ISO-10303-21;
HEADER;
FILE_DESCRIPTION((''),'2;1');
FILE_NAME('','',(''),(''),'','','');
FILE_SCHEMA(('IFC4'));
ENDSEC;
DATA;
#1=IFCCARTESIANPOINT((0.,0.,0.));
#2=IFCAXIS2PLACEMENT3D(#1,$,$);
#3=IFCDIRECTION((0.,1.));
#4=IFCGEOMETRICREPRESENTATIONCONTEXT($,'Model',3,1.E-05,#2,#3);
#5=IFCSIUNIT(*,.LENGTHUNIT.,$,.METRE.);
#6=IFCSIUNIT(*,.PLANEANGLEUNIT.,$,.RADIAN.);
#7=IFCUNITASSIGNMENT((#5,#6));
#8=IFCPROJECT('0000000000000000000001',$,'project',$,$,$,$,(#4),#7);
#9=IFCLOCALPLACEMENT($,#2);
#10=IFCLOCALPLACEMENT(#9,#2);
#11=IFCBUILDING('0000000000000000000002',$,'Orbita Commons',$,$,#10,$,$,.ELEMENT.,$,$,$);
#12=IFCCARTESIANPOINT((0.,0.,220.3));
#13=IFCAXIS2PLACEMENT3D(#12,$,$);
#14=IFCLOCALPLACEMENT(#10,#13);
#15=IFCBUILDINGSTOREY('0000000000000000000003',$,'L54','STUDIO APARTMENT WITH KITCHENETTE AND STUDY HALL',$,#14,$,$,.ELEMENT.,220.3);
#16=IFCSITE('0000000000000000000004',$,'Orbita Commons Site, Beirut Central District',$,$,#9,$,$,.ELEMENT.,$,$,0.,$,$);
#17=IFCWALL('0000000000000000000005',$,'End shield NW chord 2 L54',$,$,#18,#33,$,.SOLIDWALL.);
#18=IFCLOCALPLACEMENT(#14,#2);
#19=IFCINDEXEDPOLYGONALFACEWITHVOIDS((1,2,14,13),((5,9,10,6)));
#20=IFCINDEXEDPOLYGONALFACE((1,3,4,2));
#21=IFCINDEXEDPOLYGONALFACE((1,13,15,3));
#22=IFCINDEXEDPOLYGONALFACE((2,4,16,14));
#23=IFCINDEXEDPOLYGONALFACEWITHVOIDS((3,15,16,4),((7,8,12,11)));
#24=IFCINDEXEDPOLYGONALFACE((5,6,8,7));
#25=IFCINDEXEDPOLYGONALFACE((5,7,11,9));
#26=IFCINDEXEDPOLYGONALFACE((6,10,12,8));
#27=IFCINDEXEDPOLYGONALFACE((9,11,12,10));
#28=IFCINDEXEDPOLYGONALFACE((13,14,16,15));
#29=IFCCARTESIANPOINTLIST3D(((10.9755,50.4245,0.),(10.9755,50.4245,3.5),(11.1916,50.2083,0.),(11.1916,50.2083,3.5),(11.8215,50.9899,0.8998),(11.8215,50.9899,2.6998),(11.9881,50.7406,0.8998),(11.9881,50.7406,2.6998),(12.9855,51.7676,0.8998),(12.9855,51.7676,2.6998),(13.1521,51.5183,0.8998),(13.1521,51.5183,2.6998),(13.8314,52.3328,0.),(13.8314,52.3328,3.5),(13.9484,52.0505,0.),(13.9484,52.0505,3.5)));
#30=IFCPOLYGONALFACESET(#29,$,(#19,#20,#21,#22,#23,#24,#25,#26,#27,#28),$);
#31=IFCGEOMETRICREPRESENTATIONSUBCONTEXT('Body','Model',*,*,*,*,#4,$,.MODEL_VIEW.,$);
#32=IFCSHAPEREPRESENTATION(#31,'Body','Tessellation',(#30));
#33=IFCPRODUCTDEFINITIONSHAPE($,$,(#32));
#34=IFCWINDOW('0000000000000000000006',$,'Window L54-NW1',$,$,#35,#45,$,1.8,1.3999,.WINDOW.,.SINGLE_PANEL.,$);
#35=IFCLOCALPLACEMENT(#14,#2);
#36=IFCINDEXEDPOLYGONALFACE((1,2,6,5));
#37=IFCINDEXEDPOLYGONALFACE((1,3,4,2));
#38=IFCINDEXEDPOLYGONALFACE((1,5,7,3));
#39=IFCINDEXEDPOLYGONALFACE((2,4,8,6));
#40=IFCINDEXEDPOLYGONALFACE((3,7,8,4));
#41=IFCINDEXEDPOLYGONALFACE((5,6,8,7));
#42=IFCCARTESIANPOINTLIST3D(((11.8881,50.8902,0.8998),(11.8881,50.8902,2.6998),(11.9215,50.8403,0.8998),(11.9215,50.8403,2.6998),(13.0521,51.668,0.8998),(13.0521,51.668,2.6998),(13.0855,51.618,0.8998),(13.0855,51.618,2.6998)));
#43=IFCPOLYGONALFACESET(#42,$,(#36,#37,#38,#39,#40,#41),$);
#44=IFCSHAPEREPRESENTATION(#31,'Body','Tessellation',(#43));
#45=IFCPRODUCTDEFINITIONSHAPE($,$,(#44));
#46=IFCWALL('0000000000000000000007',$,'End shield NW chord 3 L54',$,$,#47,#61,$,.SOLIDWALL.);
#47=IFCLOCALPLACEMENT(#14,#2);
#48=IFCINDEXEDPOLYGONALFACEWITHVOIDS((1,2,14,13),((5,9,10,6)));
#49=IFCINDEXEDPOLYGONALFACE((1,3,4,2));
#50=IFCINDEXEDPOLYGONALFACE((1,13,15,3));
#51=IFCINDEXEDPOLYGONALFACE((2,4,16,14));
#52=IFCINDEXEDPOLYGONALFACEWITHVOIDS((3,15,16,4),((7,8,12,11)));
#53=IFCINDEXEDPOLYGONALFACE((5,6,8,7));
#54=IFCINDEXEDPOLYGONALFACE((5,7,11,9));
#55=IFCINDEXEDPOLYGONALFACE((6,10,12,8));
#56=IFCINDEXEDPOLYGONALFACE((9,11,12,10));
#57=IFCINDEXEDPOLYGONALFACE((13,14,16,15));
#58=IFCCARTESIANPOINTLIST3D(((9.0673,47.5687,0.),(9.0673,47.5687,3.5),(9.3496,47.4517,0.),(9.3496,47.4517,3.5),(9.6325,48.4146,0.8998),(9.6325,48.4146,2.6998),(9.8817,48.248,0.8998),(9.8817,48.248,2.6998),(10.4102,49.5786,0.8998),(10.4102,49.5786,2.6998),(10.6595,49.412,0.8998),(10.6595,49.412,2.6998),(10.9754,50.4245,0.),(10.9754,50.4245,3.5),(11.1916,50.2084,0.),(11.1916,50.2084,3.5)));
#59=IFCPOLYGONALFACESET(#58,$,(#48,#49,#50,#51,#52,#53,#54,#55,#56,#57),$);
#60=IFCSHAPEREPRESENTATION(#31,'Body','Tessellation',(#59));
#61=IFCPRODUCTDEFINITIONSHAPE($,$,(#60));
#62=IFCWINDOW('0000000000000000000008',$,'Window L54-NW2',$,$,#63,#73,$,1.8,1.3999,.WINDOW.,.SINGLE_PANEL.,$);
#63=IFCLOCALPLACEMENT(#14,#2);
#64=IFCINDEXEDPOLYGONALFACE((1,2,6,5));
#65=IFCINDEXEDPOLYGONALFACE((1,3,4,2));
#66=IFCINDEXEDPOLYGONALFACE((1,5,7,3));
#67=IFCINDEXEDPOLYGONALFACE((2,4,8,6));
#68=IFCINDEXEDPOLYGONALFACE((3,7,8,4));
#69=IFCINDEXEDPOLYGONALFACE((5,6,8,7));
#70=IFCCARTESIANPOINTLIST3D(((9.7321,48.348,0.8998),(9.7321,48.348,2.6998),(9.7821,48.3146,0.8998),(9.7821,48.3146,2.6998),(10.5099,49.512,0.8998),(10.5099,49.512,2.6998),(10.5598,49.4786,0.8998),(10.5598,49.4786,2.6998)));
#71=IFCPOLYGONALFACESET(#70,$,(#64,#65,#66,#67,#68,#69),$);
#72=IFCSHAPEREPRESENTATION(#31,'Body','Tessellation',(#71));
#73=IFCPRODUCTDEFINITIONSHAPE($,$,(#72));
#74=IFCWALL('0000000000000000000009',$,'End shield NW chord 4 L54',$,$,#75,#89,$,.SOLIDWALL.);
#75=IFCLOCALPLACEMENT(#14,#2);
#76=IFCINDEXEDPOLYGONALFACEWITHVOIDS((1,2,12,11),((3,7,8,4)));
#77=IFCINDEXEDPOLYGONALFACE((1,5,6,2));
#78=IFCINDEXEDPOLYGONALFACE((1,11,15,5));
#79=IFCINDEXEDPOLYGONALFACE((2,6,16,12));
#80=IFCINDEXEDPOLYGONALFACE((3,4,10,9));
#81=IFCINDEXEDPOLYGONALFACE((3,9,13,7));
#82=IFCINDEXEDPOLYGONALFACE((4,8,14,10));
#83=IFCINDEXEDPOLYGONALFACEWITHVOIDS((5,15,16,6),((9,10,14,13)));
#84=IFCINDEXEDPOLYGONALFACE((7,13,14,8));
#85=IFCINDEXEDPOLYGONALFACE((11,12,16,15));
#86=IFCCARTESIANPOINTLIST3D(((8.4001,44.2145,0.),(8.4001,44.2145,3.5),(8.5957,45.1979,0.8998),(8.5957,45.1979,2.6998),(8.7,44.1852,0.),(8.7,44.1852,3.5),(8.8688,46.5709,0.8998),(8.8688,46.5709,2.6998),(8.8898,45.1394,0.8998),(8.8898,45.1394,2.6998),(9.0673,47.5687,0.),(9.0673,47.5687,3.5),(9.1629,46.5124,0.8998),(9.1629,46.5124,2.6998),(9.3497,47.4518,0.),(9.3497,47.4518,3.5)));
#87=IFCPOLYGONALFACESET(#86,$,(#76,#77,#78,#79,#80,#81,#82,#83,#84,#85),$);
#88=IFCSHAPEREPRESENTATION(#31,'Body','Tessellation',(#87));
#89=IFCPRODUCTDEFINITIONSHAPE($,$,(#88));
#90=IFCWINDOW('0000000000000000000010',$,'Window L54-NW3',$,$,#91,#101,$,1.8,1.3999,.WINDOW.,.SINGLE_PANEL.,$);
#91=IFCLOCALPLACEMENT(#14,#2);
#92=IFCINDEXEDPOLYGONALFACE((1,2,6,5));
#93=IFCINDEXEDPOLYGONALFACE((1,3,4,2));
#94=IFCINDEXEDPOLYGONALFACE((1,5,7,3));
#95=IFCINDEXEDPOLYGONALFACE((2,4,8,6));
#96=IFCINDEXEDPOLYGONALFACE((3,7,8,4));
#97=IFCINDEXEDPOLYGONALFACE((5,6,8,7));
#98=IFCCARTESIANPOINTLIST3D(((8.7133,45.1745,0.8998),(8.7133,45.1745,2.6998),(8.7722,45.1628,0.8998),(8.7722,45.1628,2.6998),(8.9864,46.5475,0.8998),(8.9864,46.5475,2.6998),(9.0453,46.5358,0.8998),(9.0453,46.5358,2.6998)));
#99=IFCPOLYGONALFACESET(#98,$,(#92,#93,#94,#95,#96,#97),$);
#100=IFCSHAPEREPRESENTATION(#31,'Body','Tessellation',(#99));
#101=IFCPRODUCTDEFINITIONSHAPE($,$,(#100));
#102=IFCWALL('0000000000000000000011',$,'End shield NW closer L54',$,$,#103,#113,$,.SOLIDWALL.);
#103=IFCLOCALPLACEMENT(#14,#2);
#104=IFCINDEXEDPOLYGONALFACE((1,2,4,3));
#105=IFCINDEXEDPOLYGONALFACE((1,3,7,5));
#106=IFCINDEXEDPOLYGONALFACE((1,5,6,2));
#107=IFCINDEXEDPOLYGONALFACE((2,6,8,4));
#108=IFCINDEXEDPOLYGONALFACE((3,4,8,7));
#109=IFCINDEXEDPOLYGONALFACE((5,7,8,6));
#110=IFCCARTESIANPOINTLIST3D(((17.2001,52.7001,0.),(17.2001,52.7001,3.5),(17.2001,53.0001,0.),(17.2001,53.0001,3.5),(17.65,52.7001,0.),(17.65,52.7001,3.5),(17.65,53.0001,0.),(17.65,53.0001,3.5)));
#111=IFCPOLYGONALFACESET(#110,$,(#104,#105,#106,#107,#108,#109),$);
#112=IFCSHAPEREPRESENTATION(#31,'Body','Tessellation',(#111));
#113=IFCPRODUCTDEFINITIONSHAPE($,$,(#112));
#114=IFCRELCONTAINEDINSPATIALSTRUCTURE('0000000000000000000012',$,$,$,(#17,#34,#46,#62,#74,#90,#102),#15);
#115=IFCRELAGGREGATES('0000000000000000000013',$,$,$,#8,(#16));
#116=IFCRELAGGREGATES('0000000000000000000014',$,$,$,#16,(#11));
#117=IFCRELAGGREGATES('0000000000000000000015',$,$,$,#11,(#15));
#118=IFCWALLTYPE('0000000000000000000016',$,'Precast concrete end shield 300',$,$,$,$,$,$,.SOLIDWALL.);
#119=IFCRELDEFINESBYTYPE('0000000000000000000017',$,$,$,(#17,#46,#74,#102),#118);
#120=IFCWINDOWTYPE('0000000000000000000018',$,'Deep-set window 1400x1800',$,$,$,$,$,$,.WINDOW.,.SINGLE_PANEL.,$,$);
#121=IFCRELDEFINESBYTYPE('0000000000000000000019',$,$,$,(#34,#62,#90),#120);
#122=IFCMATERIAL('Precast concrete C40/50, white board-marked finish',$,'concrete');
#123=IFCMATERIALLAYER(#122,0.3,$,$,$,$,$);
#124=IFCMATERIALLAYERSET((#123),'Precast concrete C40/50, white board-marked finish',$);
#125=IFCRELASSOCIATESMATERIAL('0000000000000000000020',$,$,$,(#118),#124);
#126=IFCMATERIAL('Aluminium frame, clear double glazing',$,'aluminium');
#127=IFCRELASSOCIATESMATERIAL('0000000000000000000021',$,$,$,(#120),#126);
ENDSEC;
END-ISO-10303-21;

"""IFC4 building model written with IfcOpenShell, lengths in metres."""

from ifc_helpers import new_model, si_unit, direction, frame, frame_2d, origin, place, context, subcontext, project, spatial, polyline, rectangle, outline, extrude, material, layer, layer_set, type_object, element, fill, save


model = new_model("IFC4")

# Units and contexts
model_context = context("Model", 3, precision=1e-05, world=origin(), true_north=direction((0.0, 1.0)))
body_context = subcontext(model_context, "Body", "Model", "MODEL_VIEW")
ifc_project = project(units=[si_unit("LENGTHUNIT", "METRE"), si_unit("PLANEANGLEUNIT", "RADIAN")], contexts=[model_context])

# Site, building, storey
site_placement = place(None, origin())
site = spatial("IfcSite", under=ifc_project, at=site_placement, Name="Orbita Commons Site, Beirut Central District", CompositionType="ELEMENT", RefElevation=0.0)
building_placement = place(site_placement, origin())
building = spatial("IfcBuilding", under=site, at=building_placement, Name="Orbita Commons", CompositionType="ELEMENT")
storey_placement = place(building_placement, frame((0.0, 0.0, 220.3)))
storey = spatial("IfcBuildingStorey", under=building, at=storey_placement, Name="L54", Description="STUDIO APARTMENT WITH KITCHENETTE AND STUDY HALL", CompositionType="ELEMENT", Elevation=220.3)

# Walls, openings, windows
ifc_material_1 = material(Name="Precast concrete C40/50, white board-marked finish", Category="concrete")
ifc_layer_1 = layer(ifc_material_1, 0.3)
ifc_layer_set_1 = layer_set([ifc_layer_1], Name="Precast concrete C40/50, white board-marked finish")
wall_type_1 = type_object("IfcWallType", Name="Precast concrete end shield 300", PredefinedType="SOLIDWALL", material=ifc_layer_set_1)
ifc_material_2 = material(Name="Aluminium frame, clear double glazing", Category="aluminium")
window_type = type_object("IfcWindowType", Name="Deep-set window 1400x1800", PartitioningType="SINGLE_PANEL", PredefinedType="WINDOW", material=ifc_material_2)
wall_1_placement = place(storey_placement, frame((13.8899, 52.1917, 0.0), z_axis=(0.0, 0.0, 1.0), x_axis=(-0.83146, -0.555585, 0.0)))
wall_1 = element("IfcWall", 1, at=wall_1_placement, inside=storey, type_object=wall_type_1, Name="End shield NW chord 2 L54", PredefinedType="SOLIDWALL", context=body_context, shape_type="SweptSolid", body=[
    extrude(outline(polyline([(-0.0298, -0.1499), (3.405, -0.1499), (3.3455, 0.1499), (0.0298, 0.1499), (-0.0298, -0.1499)])), origin(), (0.0, 0.0, 1.0), 3.5),
])
opening_1_placement = place(wall_1_placement, frame((0.9875, 0.0, 0.8999)))
opening_1 = element("IfcOpeningElement", 2, at=opening_1_placement, cuts=wall_1, PredefinedType="OPENING", context=body_context, shape_type="SweptSolid", body=[
    extrude(rectangle(XDim=1.3999, YDim=1.8, at=frame_2d((0.7, 0.8999))), frame((0.0, 0.1599, 0.0), z_axis=(0.0, -1.0, 0.0), x_axis=(1.0, 0.0, 0.0)), (0.0, 0.0, 1.0), 0.3201),
])
window_1_placement = place(opening_1_placement, origin())
window_1 = element("IfcWindow", 3, at=window_1_placement, inside=storey, type_object=window_type, Name="Window L54-NW1", OverallHeight=1.8, OverallWidth=1.3999, PartitioningType="SINGLE_PANEL", PredefinedType="WINDOW", context=body_context, shape_type="SweptSolid", body=[
    extrude(rectangle(XDim=1.3999, YDim=1.8, at=frame_2d((0.7, 0.8999))), frame((0.0, 0.03, 0.0), z_axis=(0.0, -1.0, 0.0), x_axis=(1.0, 0.0, 0.0)), (0.0, 0.0, 1.0), 0.0601),
])
fill(opening_1, window_1)
wall_2_placement = place(storey_placement, frame((11.0835, 50.3164, 0.0), z_axis=(0.0, 0.0, 1.0), x_axis=(-0.555568, -0.831471, 0.0)))
wall_2 = element("IfcWall", 4, at=wall_2_placement, inside=storey, type_object=wall_type_1, Name="End shield NW chord 3 L54", PredefinedType="SOLIDWALL", context=body_context, shape_type="SweptSolid", body=[
    extrude(outline(polyline([(-0.0298, -0.1499), (3.4048, -0.1499), (3.3452, 0.1499), (0.0298, 0.1499), (-0.0298, -0.1499)])), origin(), (0.0, 0.0, 1.0), 3.5),
])
opening_2_placement = place(wall_2_placement, frame((0.9875, 0.0, 0.8999)))
opening_2 = element("IfcOpeningElement", 5, at=opening_2_placement, cuts=wall_2, PredefinedType="OPENING", context=body_context, shape_type="SweptSolid", body=[
    extrude(rectangle(XDim=1.3999, YDim=1.8, at=frame_2d((0.7, 0.8999))), frame((0.0, 0.1599, 0.0), z_axis=(0.0, -1.0, 0.0), x_axis=(1.0, 0.0, 0.0)), (0.0, 0.0, 1.0), 0.3201),
])
window_2_placement = place(opening_2_placement, origin())
window_2 = element("IfcWindow", 6, at=window_2_placement, inside=storey, type_object=window_type, Name="Window L54-NW2", OverallHeight=1.8, OverallWidth=1.3999, PartitioningType="SINGLE_PANEL", PredefinedType="WINDOW", context=body_context, shape_type="SweptSolid", body=[
    extrude(rectangle(XDim=1.3999, YDim=1.8, at=frame_2d((0.7, 0.8999))), frame((0.0, 0.03, 0.0), z_axis=(0.0, -1.0, 0.0), x_axis=(1.0, 0.0, 0.0)), (0.0, 0.0, 1.0), 0.0601),
])
fill(opening_2, window_2)
wall_3_placement = place(storey_placement, frame((9.2085, 47.5103, 0.0), z_axis=(0.0, 0.0, 1.0), x_axis=(-0.195087, -0.980786, 0.0)))
wall_3 = element("IfcWall", 7, at=wall_3_placement, inside=storey, type_object=wall_type_1, Name="End shield NW chord 4 L54", PredefinedType="SOLIDWALL", context=body_context, shape_type="SweptSolid", body=[
    extrude(outline(polyline([(-0.0298, -0.1499), (3.3901, -0.1499), (3.3604, 0.1499), (0.0298, 0.1499), (-0.0298, -0.1499)])), origin(), (0.0, 0.0, 1.0), 3.5),
])
opening_3_placement = place(wall_3_placement, frame((0.9875, 0.0, 0.8999)))
opening_3 = element("IfcOpeningElement", 8, at=opening_3_placement, cuts=wall_3, PredefinedType="OPENING", context=body_context, shape_type="SweptSolid", body=[
    extrude(rectangle(XDim=1.3999, YDim=1.8, at=frame_2d((0.7, 0.8999))), frame((0.0, 0.1599, 0.0), z_axis=(0.0, -1.0, 0.0), x_axis=(1.0, 0.0, 0.0)), (0.0, 0.0, 1.0), 0.3201),
])
window_3_placement = place(opening_3_placement, origin())
window_3 = element("IfcWindow", 9, at=window_3_placement, inside=storey, type_object=window_type, Name="Window L54-NW3", OverallHeight=1.8, OverallWidth=1.3999, PartitioningType="SINGLE_PANEL", PredefinedType="WINDOW", context=body_context, shape_type="SweptSolid", body=[
    extrude(rectangle(XDim=1.3999, YDim=1.8, at=frame_2d((0.7, 0.8999))), frame((0.0, 0.03, 0.0), z_axis=(0.0, -1.0, 0.0), x_axis=(1.0, 0.0, 0.0)), (0.0, 0.0, 1.0), 0.0601),
])
fill(opening_3, window_3)

# Wall
wall_4_placement = place(storey_placement, frame((17.2, 52.8501, 0.0), z_axis=(0.0, 0.0, 1.0), x_axis=(1.0, 0.0, 0.0)))
element("IfcWall", 10, at=wall_4_placement, inside=storey, type_object=wall_type_1, Name="End shield NW closer L54", PredefinedType="SOLIDWALL", context=body_context, shape_type="SweptSolid", body=[
    extrude(rectangle(XDim=0.45, YDim=0.3, at=frame_2d((0.2251, 0.0))), origin(), (0.0, 0.0, 1.0), 3.5),
])

save(model, "model.ifc")
